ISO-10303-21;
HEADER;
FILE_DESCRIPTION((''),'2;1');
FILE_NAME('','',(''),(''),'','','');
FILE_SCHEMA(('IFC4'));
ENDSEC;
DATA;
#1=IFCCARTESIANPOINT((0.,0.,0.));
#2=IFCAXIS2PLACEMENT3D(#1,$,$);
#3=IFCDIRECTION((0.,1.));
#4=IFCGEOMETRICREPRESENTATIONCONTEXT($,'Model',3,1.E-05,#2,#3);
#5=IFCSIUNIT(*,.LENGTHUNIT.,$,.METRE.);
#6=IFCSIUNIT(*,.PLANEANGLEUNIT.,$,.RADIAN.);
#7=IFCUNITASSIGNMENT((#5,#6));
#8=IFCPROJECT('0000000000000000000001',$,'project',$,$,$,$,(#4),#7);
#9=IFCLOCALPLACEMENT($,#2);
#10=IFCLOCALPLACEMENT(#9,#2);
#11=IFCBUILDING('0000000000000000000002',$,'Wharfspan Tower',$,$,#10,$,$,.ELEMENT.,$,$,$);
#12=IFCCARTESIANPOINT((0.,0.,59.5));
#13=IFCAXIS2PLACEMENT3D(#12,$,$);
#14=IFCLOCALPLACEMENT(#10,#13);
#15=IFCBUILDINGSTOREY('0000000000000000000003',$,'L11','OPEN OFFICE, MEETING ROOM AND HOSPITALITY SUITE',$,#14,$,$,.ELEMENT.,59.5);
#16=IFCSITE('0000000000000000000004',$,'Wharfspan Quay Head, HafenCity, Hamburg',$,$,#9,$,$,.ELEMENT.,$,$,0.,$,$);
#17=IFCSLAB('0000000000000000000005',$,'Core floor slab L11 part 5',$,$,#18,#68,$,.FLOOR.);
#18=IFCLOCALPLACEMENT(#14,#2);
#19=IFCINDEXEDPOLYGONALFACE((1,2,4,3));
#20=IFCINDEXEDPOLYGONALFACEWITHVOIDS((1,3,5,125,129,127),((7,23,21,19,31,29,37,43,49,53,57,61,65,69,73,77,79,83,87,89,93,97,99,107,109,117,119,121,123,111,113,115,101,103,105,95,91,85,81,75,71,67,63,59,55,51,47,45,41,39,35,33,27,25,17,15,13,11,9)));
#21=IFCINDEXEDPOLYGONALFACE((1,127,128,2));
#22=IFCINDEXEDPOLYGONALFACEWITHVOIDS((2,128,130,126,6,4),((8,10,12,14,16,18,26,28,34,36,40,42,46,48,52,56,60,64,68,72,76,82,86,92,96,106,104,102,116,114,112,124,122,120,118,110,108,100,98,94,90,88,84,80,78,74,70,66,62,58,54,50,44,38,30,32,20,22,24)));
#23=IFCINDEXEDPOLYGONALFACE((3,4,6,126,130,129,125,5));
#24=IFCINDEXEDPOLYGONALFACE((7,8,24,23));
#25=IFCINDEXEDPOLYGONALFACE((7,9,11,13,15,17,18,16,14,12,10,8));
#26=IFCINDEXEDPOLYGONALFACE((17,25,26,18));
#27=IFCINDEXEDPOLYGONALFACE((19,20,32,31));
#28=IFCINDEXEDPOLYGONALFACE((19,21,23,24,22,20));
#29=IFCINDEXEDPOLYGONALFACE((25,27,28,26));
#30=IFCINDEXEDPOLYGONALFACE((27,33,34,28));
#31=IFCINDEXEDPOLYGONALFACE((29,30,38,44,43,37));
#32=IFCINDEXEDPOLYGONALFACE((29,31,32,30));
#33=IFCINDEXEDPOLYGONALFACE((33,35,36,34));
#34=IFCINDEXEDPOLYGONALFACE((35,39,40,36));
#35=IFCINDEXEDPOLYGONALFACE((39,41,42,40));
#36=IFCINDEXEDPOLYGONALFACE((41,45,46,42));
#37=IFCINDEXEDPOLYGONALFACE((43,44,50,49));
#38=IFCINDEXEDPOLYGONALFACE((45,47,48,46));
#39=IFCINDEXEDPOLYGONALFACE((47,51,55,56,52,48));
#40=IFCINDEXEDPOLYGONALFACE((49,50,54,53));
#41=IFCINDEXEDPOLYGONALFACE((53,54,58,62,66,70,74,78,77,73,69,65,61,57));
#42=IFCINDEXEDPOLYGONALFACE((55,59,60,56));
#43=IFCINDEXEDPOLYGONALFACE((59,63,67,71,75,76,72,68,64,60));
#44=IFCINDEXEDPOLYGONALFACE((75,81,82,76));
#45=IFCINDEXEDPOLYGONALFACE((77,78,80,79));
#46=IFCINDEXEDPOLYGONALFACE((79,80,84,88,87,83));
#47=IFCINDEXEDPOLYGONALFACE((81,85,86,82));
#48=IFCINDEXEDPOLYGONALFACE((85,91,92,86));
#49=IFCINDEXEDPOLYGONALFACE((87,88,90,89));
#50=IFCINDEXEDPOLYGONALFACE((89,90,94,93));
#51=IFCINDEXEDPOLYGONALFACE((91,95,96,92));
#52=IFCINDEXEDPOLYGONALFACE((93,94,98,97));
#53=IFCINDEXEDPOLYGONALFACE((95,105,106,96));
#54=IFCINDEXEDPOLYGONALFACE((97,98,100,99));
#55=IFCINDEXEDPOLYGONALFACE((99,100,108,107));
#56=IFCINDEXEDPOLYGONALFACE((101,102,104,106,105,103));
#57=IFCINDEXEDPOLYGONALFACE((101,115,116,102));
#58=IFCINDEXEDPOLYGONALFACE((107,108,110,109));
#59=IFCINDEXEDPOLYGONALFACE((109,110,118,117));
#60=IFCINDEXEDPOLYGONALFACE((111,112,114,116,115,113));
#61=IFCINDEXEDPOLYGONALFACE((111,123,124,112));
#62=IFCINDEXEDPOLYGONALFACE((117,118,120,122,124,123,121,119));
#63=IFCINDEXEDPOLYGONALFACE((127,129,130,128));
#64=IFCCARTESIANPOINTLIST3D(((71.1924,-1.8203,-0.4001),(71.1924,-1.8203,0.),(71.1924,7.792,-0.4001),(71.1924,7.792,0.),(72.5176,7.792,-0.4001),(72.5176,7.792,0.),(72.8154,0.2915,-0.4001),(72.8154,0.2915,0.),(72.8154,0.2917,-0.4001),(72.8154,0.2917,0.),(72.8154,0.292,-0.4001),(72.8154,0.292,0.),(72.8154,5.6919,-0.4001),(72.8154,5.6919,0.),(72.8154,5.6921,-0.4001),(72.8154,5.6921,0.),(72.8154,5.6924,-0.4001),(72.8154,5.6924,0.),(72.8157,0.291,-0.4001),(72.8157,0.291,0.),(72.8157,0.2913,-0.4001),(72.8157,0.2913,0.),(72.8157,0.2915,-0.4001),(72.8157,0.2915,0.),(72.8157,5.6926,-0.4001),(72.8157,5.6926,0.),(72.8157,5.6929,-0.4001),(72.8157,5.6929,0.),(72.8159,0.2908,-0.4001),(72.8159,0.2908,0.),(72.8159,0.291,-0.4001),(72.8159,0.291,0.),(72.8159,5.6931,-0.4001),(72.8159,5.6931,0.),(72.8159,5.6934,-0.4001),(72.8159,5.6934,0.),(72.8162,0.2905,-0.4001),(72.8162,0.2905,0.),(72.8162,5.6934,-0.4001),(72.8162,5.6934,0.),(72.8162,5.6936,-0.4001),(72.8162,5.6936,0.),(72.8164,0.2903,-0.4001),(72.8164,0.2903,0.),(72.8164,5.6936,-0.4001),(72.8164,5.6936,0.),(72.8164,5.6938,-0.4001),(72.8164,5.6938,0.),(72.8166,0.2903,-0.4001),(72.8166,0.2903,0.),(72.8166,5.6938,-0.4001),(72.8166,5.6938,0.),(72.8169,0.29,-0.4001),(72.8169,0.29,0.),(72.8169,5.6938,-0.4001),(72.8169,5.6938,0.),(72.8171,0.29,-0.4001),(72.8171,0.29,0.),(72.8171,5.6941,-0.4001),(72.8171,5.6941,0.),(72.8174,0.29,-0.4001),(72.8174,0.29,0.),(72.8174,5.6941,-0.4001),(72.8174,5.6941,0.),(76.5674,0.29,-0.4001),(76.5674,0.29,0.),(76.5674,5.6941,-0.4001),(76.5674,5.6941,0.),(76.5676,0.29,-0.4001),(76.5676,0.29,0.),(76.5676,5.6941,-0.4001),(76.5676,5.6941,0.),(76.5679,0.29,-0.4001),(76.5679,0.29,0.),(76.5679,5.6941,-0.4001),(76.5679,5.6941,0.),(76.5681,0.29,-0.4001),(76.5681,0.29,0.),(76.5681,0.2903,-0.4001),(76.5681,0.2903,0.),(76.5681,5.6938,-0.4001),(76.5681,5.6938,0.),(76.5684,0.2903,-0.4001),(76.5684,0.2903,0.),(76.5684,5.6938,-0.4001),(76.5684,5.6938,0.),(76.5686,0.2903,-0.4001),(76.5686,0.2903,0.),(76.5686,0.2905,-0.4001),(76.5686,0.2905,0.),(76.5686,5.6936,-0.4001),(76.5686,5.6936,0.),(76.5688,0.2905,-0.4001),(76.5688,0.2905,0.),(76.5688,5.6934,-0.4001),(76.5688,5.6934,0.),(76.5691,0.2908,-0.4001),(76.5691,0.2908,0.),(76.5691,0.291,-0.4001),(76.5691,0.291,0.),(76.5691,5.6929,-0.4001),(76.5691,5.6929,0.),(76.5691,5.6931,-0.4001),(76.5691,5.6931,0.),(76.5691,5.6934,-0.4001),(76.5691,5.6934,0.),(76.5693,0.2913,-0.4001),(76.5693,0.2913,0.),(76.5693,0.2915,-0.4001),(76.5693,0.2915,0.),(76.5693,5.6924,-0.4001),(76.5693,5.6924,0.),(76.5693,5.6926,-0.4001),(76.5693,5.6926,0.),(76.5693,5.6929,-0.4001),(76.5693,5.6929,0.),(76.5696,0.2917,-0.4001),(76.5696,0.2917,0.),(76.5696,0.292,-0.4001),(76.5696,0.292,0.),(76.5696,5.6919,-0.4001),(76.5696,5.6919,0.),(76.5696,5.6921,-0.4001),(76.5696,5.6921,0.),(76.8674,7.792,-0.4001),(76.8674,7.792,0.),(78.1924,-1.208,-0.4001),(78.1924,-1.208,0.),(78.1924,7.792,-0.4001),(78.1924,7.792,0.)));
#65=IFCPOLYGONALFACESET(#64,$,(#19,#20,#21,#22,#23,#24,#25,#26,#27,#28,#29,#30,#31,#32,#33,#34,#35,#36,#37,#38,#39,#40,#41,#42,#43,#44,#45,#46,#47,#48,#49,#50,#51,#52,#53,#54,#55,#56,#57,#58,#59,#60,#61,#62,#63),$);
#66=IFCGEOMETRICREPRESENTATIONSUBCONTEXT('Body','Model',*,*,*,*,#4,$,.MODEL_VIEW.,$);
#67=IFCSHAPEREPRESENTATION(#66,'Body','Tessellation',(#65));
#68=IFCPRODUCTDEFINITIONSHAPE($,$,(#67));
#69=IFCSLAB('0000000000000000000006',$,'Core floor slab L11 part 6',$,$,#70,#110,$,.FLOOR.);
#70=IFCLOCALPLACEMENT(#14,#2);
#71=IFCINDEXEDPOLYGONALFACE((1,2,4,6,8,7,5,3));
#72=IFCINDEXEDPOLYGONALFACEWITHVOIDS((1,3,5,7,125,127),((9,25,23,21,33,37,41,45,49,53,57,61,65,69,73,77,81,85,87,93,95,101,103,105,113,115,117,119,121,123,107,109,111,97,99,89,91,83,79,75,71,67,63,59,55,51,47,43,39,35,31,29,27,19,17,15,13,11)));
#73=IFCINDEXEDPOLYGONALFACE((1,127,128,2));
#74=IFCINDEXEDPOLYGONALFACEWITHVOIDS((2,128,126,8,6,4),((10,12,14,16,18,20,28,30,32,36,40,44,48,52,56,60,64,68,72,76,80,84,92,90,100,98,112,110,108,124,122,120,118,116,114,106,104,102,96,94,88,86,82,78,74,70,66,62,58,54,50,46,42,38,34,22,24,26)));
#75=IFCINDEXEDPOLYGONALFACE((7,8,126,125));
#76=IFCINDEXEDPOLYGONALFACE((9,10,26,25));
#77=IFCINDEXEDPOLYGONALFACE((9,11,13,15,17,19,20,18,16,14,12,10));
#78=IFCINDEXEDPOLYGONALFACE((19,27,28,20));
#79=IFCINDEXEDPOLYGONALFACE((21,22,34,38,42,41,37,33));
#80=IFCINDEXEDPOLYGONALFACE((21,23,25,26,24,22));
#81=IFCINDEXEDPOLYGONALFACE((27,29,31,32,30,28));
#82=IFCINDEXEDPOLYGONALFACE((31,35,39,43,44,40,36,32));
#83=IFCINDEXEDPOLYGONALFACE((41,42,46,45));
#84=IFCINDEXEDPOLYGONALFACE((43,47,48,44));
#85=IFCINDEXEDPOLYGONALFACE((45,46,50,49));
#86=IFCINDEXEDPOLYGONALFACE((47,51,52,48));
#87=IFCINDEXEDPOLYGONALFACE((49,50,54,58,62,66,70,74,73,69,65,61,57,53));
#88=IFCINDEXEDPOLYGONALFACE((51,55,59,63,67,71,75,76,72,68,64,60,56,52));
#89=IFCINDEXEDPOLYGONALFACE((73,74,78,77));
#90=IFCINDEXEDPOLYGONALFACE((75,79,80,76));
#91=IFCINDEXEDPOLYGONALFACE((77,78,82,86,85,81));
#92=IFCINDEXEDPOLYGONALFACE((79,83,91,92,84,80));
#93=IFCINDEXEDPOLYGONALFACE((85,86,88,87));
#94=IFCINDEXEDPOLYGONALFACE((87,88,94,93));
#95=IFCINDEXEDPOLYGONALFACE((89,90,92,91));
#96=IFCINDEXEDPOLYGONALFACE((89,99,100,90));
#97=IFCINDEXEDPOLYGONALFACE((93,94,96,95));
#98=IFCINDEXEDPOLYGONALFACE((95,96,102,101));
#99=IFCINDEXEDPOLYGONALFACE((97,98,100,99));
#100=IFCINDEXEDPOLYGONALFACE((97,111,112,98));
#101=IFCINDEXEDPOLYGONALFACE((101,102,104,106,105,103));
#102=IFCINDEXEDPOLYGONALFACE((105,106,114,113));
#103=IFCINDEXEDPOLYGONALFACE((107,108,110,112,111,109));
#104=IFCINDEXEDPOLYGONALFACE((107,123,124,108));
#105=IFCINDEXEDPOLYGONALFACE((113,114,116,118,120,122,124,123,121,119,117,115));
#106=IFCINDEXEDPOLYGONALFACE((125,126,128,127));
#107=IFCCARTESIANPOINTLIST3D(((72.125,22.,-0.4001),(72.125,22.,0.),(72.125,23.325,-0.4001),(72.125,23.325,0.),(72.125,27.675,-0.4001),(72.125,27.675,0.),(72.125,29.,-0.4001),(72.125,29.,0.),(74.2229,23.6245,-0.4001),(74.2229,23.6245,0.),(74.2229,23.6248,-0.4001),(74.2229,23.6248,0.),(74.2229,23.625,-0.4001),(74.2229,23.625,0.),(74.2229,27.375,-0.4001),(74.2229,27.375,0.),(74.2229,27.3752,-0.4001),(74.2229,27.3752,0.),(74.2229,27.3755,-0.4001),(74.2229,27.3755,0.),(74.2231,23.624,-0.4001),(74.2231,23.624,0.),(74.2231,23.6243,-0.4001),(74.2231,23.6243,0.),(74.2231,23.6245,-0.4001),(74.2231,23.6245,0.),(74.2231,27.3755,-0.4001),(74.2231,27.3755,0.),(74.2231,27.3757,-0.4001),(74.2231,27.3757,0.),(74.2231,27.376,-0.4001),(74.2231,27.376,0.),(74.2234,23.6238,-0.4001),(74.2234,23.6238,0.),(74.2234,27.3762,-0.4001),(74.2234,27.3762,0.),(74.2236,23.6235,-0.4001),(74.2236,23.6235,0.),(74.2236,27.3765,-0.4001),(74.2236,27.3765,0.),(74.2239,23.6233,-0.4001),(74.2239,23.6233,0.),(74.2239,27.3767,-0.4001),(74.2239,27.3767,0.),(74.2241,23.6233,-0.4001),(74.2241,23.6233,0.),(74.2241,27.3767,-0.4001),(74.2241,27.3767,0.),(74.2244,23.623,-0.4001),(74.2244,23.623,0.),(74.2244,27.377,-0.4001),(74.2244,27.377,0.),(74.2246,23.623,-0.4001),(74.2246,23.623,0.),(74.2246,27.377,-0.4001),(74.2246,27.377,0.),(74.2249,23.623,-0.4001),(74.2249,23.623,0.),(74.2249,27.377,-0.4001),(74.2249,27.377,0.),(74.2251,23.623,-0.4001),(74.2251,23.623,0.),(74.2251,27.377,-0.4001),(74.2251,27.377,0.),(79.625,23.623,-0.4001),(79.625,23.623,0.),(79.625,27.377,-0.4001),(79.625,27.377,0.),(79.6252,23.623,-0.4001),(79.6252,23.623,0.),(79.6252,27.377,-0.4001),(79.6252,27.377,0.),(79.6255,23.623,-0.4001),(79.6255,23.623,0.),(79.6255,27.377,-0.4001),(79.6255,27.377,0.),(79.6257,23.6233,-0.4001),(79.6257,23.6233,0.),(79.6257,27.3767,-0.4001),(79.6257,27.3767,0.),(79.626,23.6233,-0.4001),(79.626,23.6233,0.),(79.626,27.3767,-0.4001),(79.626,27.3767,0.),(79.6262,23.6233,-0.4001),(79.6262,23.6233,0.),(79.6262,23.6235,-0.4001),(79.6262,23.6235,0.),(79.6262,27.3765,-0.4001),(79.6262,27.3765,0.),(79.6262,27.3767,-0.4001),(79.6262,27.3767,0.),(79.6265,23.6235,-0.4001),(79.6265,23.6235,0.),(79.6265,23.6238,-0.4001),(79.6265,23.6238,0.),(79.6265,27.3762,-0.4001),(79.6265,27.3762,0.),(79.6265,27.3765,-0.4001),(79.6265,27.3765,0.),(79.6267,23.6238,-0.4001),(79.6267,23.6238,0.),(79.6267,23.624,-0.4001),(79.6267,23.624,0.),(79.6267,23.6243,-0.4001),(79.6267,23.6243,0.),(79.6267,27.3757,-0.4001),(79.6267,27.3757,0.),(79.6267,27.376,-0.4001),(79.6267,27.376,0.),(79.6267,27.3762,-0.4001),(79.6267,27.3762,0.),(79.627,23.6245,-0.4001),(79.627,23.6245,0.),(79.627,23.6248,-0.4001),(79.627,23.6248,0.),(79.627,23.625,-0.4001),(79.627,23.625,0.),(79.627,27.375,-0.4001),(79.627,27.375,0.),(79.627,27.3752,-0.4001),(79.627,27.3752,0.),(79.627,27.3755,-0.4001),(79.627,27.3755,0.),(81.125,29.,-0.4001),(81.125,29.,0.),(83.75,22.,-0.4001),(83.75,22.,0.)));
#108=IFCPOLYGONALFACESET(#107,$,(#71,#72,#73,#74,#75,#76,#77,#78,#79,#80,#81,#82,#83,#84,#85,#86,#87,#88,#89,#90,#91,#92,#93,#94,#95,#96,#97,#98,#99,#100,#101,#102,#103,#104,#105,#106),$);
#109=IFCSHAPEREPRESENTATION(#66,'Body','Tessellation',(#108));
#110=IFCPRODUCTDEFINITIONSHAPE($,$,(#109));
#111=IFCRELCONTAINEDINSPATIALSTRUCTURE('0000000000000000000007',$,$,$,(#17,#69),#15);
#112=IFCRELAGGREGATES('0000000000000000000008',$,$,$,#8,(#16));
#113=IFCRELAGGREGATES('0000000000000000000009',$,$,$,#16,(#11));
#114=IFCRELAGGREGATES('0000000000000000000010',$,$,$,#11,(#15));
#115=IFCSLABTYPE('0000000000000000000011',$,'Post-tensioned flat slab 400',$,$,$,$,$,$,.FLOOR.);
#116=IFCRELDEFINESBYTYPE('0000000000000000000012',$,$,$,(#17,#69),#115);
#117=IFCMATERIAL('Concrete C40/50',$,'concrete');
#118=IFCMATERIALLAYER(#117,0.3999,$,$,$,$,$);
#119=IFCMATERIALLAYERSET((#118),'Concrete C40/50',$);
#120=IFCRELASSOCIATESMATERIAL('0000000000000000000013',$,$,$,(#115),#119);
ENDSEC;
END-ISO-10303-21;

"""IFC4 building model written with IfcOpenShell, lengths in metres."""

from ifc_helpers import new_model, si_unit, direction, frame, origin, place, context, subcontext, project, spatial, polyline, outline, extrude, material, layer, layer_set, type_object, element, save


model = new_model("IFC4")

# Units and contexts
model_context = context("Model", 3, precision=1e-05, world=origin(), true_north=direction((0.0, 1.0)))
body_context = subcontext(model_context, "Body", "Model", "MODEL_VIEW")
ifc_project = project(units=[si_unit("LENGTHUNIT", "METRE"), si_unit("PLANEANGLEUNIT", "RADIAN")], contexts=[model_context])

# Site, building, storey
site_placement = place(None, origin())
site = spatial("IfcSite", under=ifc_project, at=site_placement, Name="Wharfspan Quay Head, HafenCity, Hamburg", CompositionType="ELEMENT", RefElevation=0.0)
building_placement = place(site_placement, origin())
building = spatial("IfcBuilding", under=site, at=building_placement, Name="Wharfspan Tower", CompositionType="ELEMENT")
storey_placement = place(building_placement, frame((0.0, 0.0, 59.5)))
storey = spatial("IfcBuildingStorey", under=building, at=storey_placement, Name="L11", Description="OPEN OFFICE, MEETING ROOM AND HOSPITALITY SUITE", CompositionType="ELEMENT", Elevation=59.5)

# Slabs
ifc_material_1 = material(Name="Concrete C40/50", Category="concrete")
ifc_layer_1 = layer(ifc_material_1, 0.3999)
ifc_layer_set_1 = layer_set([ifc_layer_1], Name="Concrete C40/50")
slab_type = type_object("IfcSlabType", Name="Post-tensioned flat slab 400", PredefinedType="FLOOR", material=ifc_layer_set_1)
slab_1_placement = place(storey_placement, frame((0.0, 0.0, -0.4001)))
element("IfcSlab", 1, at=slab_1_placement, inside=storey, type_object=slab_type, Name="Core floor slab L11 part 5", PredefinedType="FLOOR", context=body_context, shape_type="SweptSolid", body=[
    extrude(outline(polyline([(78.1924, 7.792), (76.8674, 7.792), (72.5176, 7.792), (71.1924, 7.792), (71.1924, -1.8203), (78.1924, -1.208), (78.1924, 7.792)]), holes=[polyline([(76.5674, 5.6941), (76.5676, 5.6941), (76.5679, 5.6941), (76.5681, 5.6938), (76.5681, 5.6938), (76.5684, 5.6938), (76.5686, 5.6936), (76.5686, 5.6936), (76.5688, 5.6934), (76.5691, 5.6934), (76.5691, 5.6931), (76.5691, 5.6929), (76.5693, 5.6929), (76.5693, 5.6926), (76.5693, 5.6924), (76.5696, 5.6921), (76.5696, 5.6919), (76.5696, 0.292), (76.5696, 0.2917), (76.5693, 0.2915), (76.5693, 0.2915), (76.5693, 0.2913), (76.5691, 0.291), (76.5691, 0.291), (76.5691, 0.2908), (76.5688, 0.2905), (76.5686, 0.2905), (76.5686, 0.2903), (76.5684, 0.2903), (76.5681, 0.2903), (76.5681, 0.29), (76.5679, 0.29), (76.5676, 0.29), (76.5674, 0.29), (72.8174, 0.29), (72.8174, 0.29), (72.8171, 0.29), (72.8169, 0.29), (72.8166, 0.2903), (72.8164, 0.2903), (72.8164, 0.2903), (72.8162, 0.2905), (72.8162, 0.2905), (72.8159, 0.2908), (72.8159, 0.291), (72.8157, 0.291), (72.8157, 0.2913), (72.8157, 0.2915), (72.8154, 0.2915), (72.8154, 0.2917), (72.8154, 0.292), (72.8154, 5.6919), (72.8154, 5.6921), (72.8154, 5.6924), (72.8157, 5.6926), (72.8157, 5.6929), (72.8157, 5.6929), (72.8159, 5.6931), (72.8159, 5.6934), (72.8162, 5.6934), (72.8162, 5.6936), (72.8164, 5.6936), (72.8164, 5.6938), (72.8166, 5.6938), (72.8169, 5.6938), (72.8171, 5.6941), (72.8174, 5.6941), (72.8174, 5.6941), (76.5674, 5.6941)])]), origin(), (0.0, 0.0, 1.0), 0.4001),
])
slab_2_placement = place(storey_placement, frame((0.0, 0.0, -0.4001)))
element("IfcSlab", 2, at=slab_2_placement, inside=storey, type_object=slab_type, Name="Core floor slab L11 part 6", PredefinedType="FLOOR", context=body_context, shape_type="SweptSolid", body=[
    extrude(outline(polyline([(81.125, 29.0), (72.125, 29.0), (72.125, 27.675), (72.125, 23.325), (72.125, 22.0), (83.75, 22.0), (81.125, 29.0)]), holes=[polyline([(74.2229, 27.375), (74.2229, 27.3752), (74.2229, 27.3755), (74.2231, 27.3755), (74.2231, 27.3757), (74.2231, 27.376), (74.2234, 27.3762), (74.2234, 27.3762), (74.2236, 27.3765), (74.2236, 27.3765), (74.2239, 27.3767), (74.2241, 27.3767), (74.2241, 27.3767), (74.2244, 27.377), (74.2246, 27.377), (74.2249, 27.377), (74.2251, 27.377), (79.625, 27.377), (79.6252, 27.377), (79.6255, 27.377), (79.6255, 27.377), (79.6257, 27.3767), (79.626, 27.3767), (79.6262, 27.3767), (79.6262, 27.3765), (79.6265, 27.3765), (79.6265, 27.3762), (79.6267, 27.3762), (79.6267, 27.376), (79.6267, 27.3757), (79.627, 27.3755), (79.627, 27.3755), (79.627, 27.3752), (79.627, 27.375), (79.627, 23.625), (79.627, 23.6248), (79.627, 23.6245), (79.627, 23.6245), (79.6267, 23.6243), (79.6267, 23.624), (79.6267, 23.6238), (79.6265, 23.6238), (79.6265, 23.6235), (79.6262, 23.6235), (79.6262, 23.6233), (79.626, 23.6233), (79.6257, 23.6233), (79.6255, 23.623), (79.6255, 23.623), (79.6252, 23.623), (79.625, 23.623), (74.2251, 23.623), (74.2249, 23.623), (74.2246, 23.623), (74.2244, 23.623), (74.2241, 23.6233), (74.2241, 23.6233), (74.2239, 23.6233), (74.2236, 23.6235), (74.2236, 23.6235), (74.2234, 23.6238), (74.2234, 23.6238), (74.2231, 23.624), (74.2231, 23.6243), (74.2231, 23.6245), (74.2229, 23.6245), (74.2229, 23.6248), (74.2229, 23.625), (74.2229, 27.375)])]), origin(), (0.0, 0.0, 1.0), 0.4001),
])

save(model, "model.ifc")
